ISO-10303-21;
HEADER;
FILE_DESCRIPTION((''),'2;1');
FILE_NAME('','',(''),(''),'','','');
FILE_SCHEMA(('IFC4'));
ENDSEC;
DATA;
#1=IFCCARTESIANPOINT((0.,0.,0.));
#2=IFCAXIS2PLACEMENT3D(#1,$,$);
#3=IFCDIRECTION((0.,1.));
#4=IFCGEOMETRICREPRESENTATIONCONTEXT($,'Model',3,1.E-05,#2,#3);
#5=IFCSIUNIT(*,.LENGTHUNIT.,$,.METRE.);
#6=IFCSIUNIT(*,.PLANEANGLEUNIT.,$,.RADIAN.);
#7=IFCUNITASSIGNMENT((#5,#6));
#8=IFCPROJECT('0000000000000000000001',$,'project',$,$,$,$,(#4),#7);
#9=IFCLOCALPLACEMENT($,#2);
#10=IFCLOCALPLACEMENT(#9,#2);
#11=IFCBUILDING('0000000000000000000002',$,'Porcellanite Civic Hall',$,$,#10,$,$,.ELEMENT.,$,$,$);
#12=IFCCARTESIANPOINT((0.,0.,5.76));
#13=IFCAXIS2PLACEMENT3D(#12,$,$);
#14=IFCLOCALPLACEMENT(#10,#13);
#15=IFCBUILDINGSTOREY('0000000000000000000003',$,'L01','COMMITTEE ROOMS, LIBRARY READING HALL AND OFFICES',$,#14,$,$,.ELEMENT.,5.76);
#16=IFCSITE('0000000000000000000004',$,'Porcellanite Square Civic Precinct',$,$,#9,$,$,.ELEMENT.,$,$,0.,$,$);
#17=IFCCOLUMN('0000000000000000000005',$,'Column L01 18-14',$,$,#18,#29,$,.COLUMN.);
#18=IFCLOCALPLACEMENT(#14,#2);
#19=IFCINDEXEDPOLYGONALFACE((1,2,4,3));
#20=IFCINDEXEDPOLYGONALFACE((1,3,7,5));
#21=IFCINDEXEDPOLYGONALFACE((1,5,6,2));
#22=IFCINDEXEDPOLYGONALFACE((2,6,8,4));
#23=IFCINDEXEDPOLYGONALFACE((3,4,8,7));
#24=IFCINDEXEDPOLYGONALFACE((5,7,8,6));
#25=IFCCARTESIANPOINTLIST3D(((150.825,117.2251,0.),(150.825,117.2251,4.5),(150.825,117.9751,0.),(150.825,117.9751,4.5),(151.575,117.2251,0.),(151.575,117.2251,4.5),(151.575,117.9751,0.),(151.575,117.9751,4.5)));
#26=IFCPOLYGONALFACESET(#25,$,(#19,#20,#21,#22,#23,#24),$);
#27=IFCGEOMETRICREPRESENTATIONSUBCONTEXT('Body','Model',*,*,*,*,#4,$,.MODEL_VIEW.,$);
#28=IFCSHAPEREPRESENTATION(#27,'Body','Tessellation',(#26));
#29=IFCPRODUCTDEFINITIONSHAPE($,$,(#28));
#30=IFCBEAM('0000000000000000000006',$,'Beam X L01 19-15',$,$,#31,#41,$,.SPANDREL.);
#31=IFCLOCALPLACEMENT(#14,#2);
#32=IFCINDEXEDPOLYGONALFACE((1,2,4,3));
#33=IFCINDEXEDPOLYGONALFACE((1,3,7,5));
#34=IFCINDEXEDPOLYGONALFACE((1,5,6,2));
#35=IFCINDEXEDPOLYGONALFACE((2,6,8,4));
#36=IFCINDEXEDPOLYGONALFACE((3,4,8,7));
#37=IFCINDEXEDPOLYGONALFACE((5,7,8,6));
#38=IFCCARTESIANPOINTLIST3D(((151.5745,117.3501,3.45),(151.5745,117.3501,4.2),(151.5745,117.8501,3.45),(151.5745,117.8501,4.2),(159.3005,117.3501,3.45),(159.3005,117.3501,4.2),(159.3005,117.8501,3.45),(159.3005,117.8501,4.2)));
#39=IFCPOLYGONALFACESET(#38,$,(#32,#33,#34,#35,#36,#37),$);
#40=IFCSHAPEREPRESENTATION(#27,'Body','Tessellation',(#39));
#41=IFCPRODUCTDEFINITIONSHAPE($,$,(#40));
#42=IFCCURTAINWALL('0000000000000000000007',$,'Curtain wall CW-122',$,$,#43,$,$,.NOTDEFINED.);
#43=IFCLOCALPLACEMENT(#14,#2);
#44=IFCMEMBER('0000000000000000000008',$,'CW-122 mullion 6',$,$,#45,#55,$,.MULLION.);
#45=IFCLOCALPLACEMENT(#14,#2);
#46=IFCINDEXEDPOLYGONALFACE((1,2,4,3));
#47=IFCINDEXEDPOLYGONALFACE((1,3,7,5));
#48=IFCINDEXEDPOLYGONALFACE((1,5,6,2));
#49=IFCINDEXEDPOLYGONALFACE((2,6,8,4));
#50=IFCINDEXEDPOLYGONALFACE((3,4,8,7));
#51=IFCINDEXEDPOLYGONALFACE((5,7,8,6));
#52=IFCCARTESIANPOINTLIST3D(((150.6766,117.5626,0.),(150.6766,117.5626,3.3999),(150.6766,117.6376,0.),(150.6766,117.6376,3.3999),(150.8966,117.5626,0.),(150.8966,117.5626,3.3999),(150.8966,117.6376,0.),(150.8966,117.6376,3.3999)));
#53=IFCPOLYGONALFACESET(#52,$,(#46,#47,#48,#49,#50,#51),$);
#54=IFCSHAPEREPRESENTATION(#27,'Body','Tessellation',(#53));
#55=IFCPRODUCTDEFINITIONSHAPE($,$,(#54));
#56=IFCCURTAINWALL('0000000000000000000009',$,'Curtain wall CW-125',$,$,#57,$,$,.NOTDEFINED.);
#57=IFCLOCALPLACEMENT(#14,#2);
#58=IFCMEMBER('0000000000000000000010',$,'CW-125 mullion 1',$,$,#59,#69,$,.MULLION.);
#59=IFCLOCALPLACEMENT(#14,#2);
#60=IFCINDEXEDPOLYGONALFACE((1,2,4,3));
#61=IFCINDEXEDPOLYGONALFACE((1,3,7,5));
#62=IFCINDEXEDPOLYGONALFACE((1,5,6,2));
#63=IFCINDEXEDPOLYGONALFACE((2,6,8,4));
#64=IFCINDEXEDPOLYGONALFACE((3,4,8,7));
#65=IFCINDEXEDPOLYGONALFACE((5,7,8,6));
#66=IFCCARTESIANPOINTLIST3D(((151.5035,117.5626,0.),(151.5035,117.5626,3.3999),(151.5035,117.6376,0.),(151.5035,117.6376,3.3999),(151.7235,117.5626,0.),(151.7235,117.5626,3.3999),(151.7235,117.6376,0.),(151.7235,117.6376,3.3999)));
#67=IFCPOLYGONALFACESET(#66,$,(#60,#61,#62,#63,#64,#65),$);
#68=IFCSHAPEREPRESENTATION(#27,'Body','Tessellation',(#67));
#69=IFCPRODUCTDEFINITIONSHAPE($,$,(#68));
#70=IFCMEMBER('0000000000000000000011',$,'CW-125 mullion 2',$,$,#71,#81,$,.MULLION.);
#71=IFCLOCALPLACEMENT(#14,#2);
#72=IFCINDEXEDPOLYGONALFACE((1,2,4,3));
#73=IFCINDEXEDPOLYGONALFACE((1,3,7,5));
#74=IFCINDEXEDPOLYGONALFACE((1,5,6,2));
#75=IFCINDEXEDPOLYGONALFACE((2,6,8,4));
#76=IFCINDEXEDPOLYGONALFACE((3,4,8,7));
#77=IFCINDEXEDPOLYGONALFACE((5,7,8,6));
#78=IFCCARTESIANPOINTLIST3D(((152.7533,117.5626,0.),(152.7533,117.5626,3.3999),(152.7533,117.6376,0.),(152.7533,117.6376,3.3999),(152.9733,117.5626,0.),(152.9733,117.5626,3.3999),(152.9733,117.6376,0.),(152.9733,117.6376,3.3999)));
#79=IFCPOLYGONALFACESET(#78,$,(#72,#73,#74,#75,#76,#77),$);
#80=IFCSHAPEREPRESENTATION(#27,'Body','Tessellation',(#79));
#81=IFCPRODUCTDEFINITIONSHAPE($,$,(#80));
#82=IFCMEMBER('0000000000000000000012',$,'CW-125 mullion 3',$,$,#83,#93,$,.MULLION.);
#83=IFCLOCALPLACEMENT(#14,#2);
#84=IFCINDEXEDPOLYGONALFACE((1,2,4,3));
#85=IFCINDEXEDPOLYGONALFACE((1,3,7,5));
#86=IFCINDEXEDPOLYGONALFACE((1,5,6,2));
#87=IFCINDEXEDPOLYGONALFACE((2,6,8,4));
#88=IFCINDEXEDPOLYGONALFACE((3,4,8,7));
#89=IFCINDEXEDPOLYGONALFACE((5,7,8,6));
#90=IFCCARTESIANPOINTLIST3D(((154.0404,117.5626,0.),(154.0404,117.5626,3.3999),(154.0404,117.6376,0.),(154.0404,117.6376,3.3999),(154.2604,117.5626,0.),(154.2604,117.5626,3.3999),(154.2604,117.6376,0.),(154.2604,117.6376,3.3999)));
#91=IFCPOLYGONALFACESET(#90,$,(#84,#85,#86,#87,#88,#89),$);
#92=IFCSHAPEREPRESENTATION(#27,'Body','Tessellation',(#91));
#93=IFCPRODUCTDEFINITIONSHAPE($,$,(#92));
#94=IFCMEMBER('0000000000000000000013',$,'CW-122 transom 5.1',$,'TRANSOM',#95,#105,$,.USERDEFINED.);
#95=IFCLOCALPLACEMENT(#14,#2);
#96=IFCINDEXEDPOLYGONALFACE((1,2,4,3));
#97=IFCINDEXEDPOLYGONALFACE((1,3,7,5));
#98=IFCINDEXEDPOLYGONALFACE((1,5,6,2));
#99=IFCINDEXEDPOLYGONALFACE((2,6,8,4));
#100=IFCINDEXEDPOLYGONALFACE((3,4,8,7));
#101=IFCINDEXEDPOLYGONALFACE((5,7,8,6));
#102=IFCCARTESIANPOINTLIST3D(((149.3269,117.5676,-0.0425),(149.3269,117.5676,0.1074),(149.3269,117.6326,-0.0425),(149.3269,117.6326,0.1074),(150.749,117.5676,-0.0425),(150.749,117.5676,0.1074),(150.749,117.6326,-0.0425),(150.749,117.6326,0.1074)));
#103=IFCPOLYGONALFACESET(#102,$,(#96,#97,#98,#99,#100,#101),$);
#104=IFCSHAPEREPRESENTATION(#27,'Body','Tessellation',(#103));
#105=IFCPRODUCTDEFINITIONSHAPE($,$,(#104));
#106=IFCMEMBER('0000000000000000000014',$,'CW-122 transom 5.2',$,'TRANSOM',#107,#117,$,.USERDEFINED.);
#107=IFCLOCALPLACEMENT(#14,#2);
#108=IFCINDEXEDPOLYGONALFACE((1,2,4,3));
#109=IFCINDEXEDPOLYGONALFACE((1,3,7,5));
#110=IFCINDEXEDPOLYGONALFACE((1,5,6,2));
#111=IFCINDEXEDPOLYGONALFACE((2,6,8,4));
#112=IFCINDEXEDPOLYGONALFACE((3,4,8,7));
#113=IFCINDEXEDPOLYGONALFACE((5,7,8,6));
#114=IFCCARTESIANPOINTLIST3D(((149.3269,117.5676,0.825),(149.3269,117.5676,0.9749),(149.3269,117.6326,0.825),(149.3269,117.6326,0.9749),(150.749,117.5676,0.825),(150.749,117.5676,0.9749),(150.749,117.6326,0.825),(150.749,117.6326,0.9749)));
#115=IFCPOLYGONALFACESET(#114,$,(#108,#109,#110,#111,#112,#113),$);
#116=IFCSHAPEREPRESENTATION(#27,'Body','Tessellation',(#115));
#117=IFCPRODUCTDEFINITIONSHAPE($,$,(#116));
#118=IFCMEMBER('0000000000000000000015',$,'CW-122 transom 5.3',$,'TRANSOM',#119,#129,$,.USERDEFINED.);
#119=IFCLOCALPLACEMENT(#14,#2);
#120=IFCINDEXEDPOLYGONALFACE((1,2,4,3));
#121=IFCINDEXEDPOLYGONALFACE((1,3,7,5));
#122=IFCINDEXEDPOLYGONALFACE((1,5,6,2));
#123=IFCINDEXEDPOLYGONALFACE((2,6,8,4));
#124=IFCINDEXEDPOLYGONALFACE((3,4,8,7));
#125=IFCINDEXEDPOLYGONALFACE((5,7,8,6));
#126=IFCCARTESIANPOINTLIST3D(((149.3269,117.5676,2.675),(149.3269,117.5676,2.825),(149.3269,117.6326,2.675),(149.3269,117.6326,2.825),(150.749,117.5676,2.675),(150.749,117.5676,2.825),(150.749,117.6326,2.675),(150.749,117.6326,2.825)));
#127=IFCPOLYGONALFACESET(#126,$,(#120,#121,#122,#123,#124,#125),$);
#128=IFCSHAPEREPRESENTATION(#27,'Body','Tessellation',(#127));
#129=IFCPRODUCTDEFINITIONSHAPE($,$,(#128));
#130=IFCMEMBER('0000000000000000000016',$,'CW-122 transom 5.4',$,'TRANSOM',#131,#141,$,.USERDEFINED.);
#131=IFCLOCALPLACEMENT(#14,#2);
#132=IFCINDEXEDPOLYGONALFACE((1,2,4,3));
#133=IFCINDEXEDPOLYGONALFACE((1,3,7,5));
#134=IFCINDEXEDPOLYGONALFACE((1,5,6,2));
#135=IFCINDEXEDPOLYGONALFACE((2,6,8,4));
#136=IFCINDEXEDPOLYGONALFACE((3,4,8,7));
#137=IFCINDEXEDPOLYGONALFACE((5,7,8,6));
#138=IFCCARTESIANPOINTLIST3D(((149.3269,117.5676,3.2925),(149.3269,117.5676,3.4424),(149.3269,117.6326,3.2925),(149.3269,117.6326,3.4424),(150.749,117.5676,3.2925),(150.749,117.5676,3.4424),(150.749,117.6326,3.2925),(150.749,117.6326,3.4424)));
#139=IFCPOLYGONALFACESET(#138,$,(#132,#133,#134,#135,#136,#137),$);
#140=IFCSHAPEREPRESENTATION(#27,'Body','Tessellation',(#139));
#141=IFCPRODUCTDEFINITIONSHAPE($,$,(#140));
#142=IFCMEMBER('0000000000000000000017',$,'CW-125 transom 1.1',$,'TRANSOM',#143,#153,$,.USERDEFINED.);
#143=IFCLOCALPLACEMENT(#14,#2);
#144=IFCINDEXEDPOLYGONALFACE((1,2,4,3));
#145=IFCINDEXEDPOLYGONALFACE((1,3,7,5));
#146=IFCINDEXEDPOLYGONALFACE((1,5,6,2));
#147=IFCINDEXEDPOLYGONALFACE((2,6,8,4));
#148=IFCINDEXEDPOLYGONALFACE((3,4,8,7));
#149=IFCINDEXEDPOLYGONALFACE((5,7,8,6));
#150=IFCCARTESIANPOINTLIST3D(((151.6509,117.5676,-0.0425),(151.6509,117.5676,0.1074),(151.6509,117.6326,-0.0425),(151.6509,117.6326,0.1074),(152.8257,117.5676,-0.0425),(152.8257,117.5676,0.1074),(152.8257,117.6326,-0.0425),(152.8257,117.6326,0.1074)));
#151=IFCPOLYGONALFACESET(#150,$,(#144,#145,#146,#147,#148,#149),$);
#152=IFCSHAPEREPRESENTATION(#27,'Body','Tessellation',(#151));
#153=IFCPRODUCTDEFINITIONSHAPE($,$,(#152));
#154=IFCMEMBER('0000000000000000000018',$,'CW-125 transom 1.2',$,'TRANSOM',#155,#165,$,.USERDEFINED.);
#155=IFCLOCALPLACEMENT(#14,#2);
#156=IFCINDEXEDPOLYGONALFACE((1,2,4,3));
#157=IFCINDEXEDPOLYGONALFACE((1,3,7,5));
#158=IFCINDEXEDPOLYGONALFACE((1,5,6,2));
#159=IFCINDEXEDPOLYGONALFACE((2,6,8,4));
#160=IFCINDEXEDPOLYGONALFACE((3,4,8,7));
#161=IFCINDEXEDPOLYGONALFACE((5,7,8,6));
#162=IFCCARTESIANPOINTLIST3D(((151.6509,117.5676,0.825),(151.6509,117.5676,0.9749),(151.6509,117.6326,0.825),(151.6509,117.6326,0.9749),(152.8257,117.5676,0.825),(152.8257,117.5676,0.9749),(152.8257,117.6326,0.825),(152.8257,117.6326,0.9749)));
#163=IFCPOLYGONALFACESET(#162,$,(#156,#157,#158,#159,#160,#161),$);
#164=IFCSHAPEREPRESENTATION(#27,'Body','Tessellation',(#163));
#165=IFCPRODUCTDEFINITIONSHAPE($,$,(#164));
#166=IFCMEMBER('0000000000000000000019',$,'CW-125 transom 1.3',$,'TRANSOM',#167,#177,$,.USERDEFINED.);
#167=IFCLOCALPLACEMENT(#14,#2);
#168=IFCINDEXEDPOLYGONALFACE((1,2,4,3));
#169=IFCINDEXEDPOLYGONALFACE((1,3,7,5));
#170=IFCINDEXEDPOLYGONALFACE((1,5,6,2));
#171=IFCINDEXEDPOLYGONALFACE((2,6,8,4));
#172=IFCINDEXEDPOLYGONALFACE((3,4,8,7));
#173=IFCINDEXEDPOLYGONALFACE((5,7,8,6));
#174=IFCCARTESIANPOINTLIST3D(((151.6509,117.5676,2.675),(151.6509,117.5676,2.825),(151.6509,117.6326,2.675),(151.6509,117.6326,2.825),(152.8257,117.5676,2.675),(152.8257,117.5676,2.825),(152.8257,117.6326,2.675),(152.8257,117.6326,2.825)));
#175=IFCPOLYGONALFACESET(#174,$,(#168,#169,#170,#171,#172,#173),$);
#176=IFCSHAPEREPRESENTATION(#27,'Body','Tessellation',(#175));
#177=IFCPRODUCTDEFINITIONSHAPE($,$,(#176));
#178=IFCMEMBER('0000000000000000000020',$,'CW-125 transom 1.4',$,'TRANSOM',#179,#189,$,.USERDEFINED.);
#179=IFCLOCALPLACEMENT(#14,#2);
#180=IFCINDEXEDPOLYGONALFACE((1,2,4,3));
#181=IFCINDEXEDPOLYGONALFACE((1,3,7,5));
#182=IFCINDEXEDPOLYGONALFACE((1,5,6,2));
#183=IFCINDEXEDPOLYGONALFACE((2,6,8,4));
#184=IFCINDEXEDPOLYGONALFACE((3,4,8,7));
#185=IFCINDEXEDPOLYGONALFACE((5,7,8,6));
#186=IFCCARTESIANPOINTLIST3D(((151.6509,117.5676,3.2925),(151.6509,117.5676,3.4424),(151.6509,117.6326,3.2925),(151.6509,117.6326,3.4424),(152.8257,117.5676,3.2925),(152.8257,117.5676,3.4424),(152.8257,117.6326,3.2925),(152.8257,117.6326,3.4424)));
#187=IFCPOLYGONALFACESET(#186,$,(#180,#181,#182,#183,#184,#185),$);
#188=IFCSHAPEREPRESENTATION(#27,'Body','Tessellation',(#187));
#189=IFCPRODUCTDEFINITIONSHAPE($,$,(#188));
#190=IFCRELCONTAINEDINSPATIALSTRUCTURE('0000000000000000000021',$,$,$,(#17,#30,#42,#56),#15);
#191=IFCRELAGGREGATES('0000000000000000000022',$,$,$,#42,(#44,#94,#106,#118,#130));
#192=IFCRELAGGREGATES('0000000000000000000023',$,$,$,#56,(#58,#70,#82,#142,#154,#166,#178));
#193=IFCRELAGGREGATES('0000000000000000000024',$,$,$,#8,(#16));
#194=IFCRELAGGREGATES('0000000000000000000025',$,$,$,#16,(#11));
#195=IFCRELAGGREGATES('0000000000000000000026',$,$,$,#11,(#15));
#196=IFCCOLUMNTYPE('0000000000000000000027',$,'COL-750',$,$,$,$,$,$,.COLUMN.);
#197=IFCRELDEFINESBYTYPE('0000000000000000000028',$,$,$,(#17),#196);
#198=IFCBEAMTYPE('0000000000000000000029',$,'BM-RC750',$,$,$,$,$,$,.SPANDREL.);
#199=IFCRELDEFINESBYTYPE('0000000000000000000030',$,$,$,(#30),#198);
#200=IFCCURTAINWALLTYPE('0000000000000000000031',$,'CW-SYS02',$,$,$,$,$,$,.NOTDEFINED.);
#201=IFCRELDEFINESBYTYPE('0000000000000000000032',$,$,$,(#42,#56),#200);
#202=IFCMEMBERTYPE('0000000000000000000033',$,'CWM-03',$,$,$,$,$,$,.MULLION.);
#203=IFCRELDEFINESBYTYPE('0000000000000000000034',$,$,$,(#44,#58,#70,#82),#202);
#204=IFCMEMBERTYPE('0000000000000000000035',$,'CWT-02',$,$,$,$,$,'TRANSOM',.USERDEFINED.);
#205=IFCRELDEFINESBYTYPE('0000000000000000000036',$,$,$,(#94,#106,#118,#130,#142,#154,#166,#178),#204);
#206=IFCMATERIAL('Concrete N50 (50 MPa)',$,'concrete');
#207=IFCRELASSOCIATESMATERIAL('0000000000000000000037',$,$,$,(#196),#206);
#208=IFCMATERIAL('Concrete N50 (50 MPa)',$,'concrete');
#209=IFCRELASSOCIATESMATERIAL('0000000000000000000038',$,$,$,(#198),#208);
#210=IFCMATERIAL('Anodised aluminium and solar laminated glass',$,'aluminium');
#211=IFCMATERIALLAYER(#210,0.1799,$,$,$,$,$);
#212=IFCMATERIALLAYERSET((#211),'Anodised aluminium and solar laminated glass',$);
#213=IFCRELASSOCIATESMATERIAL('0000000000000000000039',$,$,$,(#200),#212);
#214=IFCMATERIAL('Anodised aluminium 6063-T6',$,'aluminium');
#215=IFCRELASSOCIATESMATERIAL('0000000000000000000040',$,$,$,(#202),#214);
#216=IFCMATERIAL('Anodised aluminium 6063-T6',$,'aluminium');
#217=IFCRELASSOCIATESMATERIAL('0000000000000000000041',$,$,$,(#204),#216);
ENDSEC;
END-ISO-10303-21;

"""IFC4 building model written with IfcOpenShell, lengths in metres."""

from ifc_helpers import new_model, si_unit, direction, frame, origin, origin_2d, place, context, subcontext, project, spatial, rectangle, extrude, material, layer, layer_set, material_profile, profile_set, type_object, element, aggregate, save


model = new_model("IFC4")

# Units and contexts
model_context = context("Model", 3, precision=1e-05, world=origin(), true_north=direction((0.0, 1.0)))
body_context = subcontext(model_context, "Body", "Model", "MODEL_VIEW")
ifc_project = project(units=[si_unit("LENGTHUNIT", "METRE"), si_unit("PLANEANGLEUNIT", "RADIAN")], contexts=[model_context])

# Site, building, storey
site_placement = place(None, origin())
site = spatial("IfcSite", under=ifc_project, at=site_placement, Name="Porcellanite Square Civic Precinct", CompositionType="ELEMENT", RefElevation=0.0)
building_placement = place(site_placement, origin())
building = spatial("IfcBuilding", under=site, at=building_placement, Name="Porcellanite Civic Hall", CompositionType="ELEMENT")
storey_placement = place(building_placement, frame((0.0, 0.0, 5.76)))
storey = spatial("IfcBuildingStorey", under=building, at=storey_placement, Name="L01", Description="COMMITTEE ROOMS, LIBRARY READING HALL AND OFFICES", CompositionType="ELEMENT", Elevation=5.76)

# Column
ifc_material_1 = material(Name="Concrete N50 (50 MPa)", Category="concrete")
ifc_material_profile_1 = material_profile(ifc_material_1, rectangle(XDim=0.75, YDim=0.75, at=origin_2d()), Name="RC-750x750")
ifc_profile_set_1 = profile_set([ifc_material_profile_1], Name="Concrete N50 (50 MPa)")
column_type = type_object("IfcColumnType", Name="COL-750", PredefinedType="COLUMN", material=ifc_profile_set_1)
column_placement = place(storey_placement, frame((151.2, 117.6001, 0.0), z_axis=(0.0, 0.0, 1.0), x_axis=(1.0, 0.0, 0.0)))
element("IfcColumn", 1, at=column_placement, inside=storey, type_object=column_type, Name="Column L01 18-14", PredefinedType="COLUMN", context=body_context, shape_type="SweptSolid", body=[
    extrude(rectangle(XDim=0.75, YDim=0.75, at=origin_2d()), origin(), (0.0, 0.0, 1.0), 4.5),
])

# Beam
ifc_material_2 = material(Name="Concrete N50 (50 MPa)", Category="concrete")
ifc_material_profile_2 = material_profile(ifc_material_2, rectangle(XDim=0.5, YDim=0.75, at=origin_2d()), Name="RC-500x750")
ifc_profile_set_2 = profile_set([ifc_material_profile_2], Name="Concrete N50 (50 MPa)")
beam_type = type_object("IfcBeamType", Name="BM-RC750", PredefinedType="SPANDREL", material=ifc_profile_set_2)
beam_placement = place(storey_placement, frame((151.5745, 117.6001, 3.825), z_axis=(1.0, 0.0, 0.0), x_axis=(0.0, 1.0, 0.0)))
element("IfcBeam", 2, at=beam_placement, inside=storey, type_object=beam_type, Name="Beam X L01 19-15", PredefinedType="SPANDREL", context=body_context, shape_type="SweptSolid", body=[
    extrude(rectangle(XDim=0.5, YDim=0.75, at=origin_2d()), origin(), (0.0, 0.0, 1.0), 7.7261),
])

# Curtain wall, member
ifc_material_3 = material(Name="Anodised aluminium and solar laminated glass", Category="aluminium")
ifc_layer_1 = layer(ifc_material_3, 0.1799)
ifc_layer_set_1 = layer_set([ifc_layer_1], Name="Anodised aluminium and solar laminated glass")
curtain_wall_type = type_object("IfcCurtainWallType", Name="CW-SYS02", PredefinedType="NOTDEFINED", material=ifc_layer_set_1)
curtain_wall_1_placement = place(storey_placement, origin())
curtain_wall_1 = element("IfcCurtainWall", 3, at=curtain_wall_1_placement, inside=storey, type_object=curtain_wall_type, Name="Curtain wall CW-122", PredefinedType="NOTDEFINED")
ifc_material_4 = material(Name="Anodised aluminium 6063-T6", Category="aluminium")
ifc_material_profile_3 = material_profile(ifc_material_4, rectangle(XDim=0.075, YDim=0.22, at=origin_2d()), Name="AL-75x220")
ifc_profile_set_3 = profile_set([ifc_material_profile_3], Name="Anodised aluminium 6063-T6")
member_type_1 = type_object("IfcMemberType", Name="CWM-03", PredefinedType="MULLION", material=ifc_profile_set_3)
member_1_placement = place(storey_placement, frame((150.7866, 117.6001, 0.0), z_axis=(0.0, 0.0, 1.0), x_axis=(0.0, 1.0, 0.0)))
member_1 = element("IfcMember", 4, at=member_1_placement, type_object=member_type_1, Name="CW-122 mullion 6", PredefinedType="MULLION", context=body_context, shape_type="SweptSolid", body=[
    extrude(rectangle(XDim=0.075, YDim=0.22, at=origin_2d()), origin(), (0.0, 0.0, 1.0), 3.3999),
])

# Curtain wall, members
curtain_wall_2_placement = place(storey_placement, origin())
curtain_wall_2 = element("IfcCurtainWall", 5, at=curtain_wall_2_placement, inside=storey, type_object=curtain_wall_type, Name="Curtain wall CW-125", PredefinedType="NOTDEFINED")
member_2_placement = place(storey_placement, frame((151.6135, 117.6001, 0.0), z_axis=(0.0, 0.0, 1.0), x_axis=(0.0, 1.0, 0.0)))
member_2 = element("IfcMember", 6, at=member_2_placement, type_object=member_type_1, Name="CW-125 mullion 1", PredefinedType="MULLION", context=body_context, shape_type="SweptSolid", body=[
    extrude(rectangle(XDim=0.075, YDim=0.22, at=origin_2d()), origin(), (0.0, 0.0, 1.0), 3.3999),
])
member_3_placement = place(storey_placement, frame((152.8633, 117.6001, 0.0), z_axis=(0.0, 0.0, 1.0), x_axis=(0.0, 1.0, 0.0)))
member_3 = element("IfcMember", 7, at=member_3_placement, type_object=member_type_1, Name="CW-125 mullion 2", PredefinedType="MULLION", context=body_context, shape_type="SweptSolid", body=[
    extrude(rectangle(XDim=0.075, YDim=0.22, at=origin_2d()), origin(), (0.0, 0.0, 1.0), 3.3999),
])
member_4_placement = place(storey_placement, frame((154.1504, 117.6001, 0.0), z_axis=(0.0, 0.0, 1.0), x_axis=(0.0, 1.0, 0.0)))
member_4 = element("IfcMember", 8, at=member_4_placement, type_object=member_type_1, Name="CW-125 mullion 3", PredefinedType="MULLION", context=body_context, shape_type="SweptSolid", body=[
    extrude(rectangle(XDim=0.075, YDim=0.22, at=origin_2d()), origin(), (0.0, 0.0, 1.0), 3.3999),
])

# Members
ifc_material_5 = material(Name="Anodised aluminium 6063-T6", Category="aluminium")
ifc_material_profile_4 = material_profile(ifc_material_5, rectangle(XDim=0.0649, YDim=0.1499, at=origin_2d()), Name="AL-65x150")
ifc_profile_set_4 = profile_set([ifc_material_profile_4], Name="Anodised aluminium 6063-T6")
member_type_2 = type_object("IfcMemberType", Name="CWT-02", ElementType="TRANSOM", PredefinedType="USERDEFINED", material=ifc_profile_set_4)
member_5_placement = place(storey_placement, frame((149.3269, 117.6001, 0.0325), z_axis=(1.0, 0.0, 0.0), x_axis=(0.0, 1.0, 0.0)))
member_5 = element("IfcMember", 9, at=member_5_placement, type_object=member_type_2, Name="CW-122 transom 5.1", ObjectType="TRANSOM", PredefinedType="USERDEFINED", context=body_context, shape_type="SweptSolid", body=[
    extrude(rectangle(XDim=0.0649, YDim=0.1499, at=origin_2d()), origin(), (0.0, 0.0, 1.0), 1.4221),
])
member_6_placement = place(storey_placement, frame((149.3269, 117.6001, 0.8999), z_axis=(1.0, 0.0, 0.0), x_axis=(0.0, 1.0, 0.0)))
member_6 = element("IfcMember", 10, at=member_6_placement, type_object=member_type_2, Name="CW-122 transom 5.2", ObjectType="TRANSOM", PredefinedType="USERDEFINED", context=body_context, shape_type="SweptSolid", body=[
    extrude(rectangle(XDim=0.0649, YDim=0.1499, at=origin_2d()), origin(), (0.0, 0.0, 1.0), 1.4221),
])
member_7_placement = place(storey_placement, frame((149.3269, 117.6001, 2.75), z_axis=(1.0, 0.0, 0.0), x_axis=(0.0, 1.0, 0.0)))
member_7 = element("IfcMember", 11, at=member_7_placement, type_object=member_type_2, Name="CW-122 transom 5.3", ObjectType="TRANSOM", PredefinedType="USERDEFINED", context=body_context, shape_type="SweptSolid", body=[
    extrude(rectangle(XDim=0.0649, YDim=0.1499, at=origin_2d()), origin(), (0.0, 0.0, 1.0), 1.4221),
])
member_8_placement = place(storey_placement, frame((149.3269, 117.6001, 3.3674), z_axis=(1.0, 0.0, 0.0), x_axis=(0.0, 1.0, 0.0)))
member_8 = element("IfcMember", 12, at=member_8_placement, type_object=member_type_2, Name="CW-122 transom 5.4", ObjectType="TRANSOM", PredefinedType="USERDEFINED", context=body_context, shape_type="SweptSolid", body=[
    extrude(rectangle(XDim=0.0649, YDim=0.1499, at=origin_2d()), origin(), (0.0, 0.0, 1.0), 1.4221),
])
member_9_placement = place(storey_placement, frame((151.6509, 117.6001, 0.0325), z_axis=(1.0, 0.0, 0.0), x_axis=(0.0, 1.0, 0.0)))
member_9 = element("IfcMember", 13, at=member_9_placement, type_object=member_type_2, Name="CW-125 transom 1.1", ObjectType="TRANSOM", PredefinedType="USERDEFINED", context=body_context, shape_type="SweptSolid", body=[
    extrude(rectangle(XDim=0.0649, YDim=0.1499, at=origin_2d()), origin(), (0.0, 0.0, 1.0), 1.1748),
])
member_10_placement = place(storey_placement, frame((151.6509, 117.6001, 0.8999), z_axis=(1.0, 0.0, 0.0), x_axis=(0.0, 1.0, 0.0)))
member_10 = element("IfcMember", 14, at=member_10_placement, type_object=member_type_2, Name="CW-125 transom 1.2", ObjectType="TRANSOM", PredefinedType="USERDEFINED", context=body_context, shape_type="SweptSolid", body=[
    extrude(rectangle(XDim=0.0649, YDim=0.1499, at=origin_2d()), origin(), (0.0, 0.0, 1.0), 1.1748),
])
member_11_placement = place(storey_placement, frame((151.6509, 117.6001, 2.75), z_axis=(1.0, 0.0, 0.0), x_axis=(0.0, 1.0, 0.0)))
member_11 = element("IfcMember", 15, at=member_11_placement, type_object=member_type_2, Name="CW-125 transom 1.3", ObjectType="TRANSOM", PredefinedType="USERDEFINED", context=body_context, shape_type="SweptSolid", body=[
    extrude(rectangle(XDim=0.0649, YDim=0.1499, at=origin_2d()), origin(), (0.0, 0.0, 1.0), 1.1748),
])
member_12_placement = place(storey_placement, frame((151.6509, 117.6001, 3.3674), z_axis=(1.0, 0.0, 0.0), x_axis=(0.0, 1.0, 0.0)))
member_12 = element("IfcMember", 16, at=member_12_placement, type_object=member_type_2, Name="CW-125 transom 1.4", ObjectType="TRANSOM", PredefinedType="USERDEFINED", context=body_context, shape_type="SweptSolid", body=[
    extrude(rectangle(XDim=0.0649, YDim=0.1499, at=origin_2d()), origin(), (0.0, 0.0, 1.0), 1.1748),
])

aggregate(curtain_wall_1, [member_1, member_5, member_6, member_7, member_8])
aggregate(curtain_wall_2, [member_2, member_3, member_4, member_9, member_10, member_11, member_12])

save(model, "model.ifc")
